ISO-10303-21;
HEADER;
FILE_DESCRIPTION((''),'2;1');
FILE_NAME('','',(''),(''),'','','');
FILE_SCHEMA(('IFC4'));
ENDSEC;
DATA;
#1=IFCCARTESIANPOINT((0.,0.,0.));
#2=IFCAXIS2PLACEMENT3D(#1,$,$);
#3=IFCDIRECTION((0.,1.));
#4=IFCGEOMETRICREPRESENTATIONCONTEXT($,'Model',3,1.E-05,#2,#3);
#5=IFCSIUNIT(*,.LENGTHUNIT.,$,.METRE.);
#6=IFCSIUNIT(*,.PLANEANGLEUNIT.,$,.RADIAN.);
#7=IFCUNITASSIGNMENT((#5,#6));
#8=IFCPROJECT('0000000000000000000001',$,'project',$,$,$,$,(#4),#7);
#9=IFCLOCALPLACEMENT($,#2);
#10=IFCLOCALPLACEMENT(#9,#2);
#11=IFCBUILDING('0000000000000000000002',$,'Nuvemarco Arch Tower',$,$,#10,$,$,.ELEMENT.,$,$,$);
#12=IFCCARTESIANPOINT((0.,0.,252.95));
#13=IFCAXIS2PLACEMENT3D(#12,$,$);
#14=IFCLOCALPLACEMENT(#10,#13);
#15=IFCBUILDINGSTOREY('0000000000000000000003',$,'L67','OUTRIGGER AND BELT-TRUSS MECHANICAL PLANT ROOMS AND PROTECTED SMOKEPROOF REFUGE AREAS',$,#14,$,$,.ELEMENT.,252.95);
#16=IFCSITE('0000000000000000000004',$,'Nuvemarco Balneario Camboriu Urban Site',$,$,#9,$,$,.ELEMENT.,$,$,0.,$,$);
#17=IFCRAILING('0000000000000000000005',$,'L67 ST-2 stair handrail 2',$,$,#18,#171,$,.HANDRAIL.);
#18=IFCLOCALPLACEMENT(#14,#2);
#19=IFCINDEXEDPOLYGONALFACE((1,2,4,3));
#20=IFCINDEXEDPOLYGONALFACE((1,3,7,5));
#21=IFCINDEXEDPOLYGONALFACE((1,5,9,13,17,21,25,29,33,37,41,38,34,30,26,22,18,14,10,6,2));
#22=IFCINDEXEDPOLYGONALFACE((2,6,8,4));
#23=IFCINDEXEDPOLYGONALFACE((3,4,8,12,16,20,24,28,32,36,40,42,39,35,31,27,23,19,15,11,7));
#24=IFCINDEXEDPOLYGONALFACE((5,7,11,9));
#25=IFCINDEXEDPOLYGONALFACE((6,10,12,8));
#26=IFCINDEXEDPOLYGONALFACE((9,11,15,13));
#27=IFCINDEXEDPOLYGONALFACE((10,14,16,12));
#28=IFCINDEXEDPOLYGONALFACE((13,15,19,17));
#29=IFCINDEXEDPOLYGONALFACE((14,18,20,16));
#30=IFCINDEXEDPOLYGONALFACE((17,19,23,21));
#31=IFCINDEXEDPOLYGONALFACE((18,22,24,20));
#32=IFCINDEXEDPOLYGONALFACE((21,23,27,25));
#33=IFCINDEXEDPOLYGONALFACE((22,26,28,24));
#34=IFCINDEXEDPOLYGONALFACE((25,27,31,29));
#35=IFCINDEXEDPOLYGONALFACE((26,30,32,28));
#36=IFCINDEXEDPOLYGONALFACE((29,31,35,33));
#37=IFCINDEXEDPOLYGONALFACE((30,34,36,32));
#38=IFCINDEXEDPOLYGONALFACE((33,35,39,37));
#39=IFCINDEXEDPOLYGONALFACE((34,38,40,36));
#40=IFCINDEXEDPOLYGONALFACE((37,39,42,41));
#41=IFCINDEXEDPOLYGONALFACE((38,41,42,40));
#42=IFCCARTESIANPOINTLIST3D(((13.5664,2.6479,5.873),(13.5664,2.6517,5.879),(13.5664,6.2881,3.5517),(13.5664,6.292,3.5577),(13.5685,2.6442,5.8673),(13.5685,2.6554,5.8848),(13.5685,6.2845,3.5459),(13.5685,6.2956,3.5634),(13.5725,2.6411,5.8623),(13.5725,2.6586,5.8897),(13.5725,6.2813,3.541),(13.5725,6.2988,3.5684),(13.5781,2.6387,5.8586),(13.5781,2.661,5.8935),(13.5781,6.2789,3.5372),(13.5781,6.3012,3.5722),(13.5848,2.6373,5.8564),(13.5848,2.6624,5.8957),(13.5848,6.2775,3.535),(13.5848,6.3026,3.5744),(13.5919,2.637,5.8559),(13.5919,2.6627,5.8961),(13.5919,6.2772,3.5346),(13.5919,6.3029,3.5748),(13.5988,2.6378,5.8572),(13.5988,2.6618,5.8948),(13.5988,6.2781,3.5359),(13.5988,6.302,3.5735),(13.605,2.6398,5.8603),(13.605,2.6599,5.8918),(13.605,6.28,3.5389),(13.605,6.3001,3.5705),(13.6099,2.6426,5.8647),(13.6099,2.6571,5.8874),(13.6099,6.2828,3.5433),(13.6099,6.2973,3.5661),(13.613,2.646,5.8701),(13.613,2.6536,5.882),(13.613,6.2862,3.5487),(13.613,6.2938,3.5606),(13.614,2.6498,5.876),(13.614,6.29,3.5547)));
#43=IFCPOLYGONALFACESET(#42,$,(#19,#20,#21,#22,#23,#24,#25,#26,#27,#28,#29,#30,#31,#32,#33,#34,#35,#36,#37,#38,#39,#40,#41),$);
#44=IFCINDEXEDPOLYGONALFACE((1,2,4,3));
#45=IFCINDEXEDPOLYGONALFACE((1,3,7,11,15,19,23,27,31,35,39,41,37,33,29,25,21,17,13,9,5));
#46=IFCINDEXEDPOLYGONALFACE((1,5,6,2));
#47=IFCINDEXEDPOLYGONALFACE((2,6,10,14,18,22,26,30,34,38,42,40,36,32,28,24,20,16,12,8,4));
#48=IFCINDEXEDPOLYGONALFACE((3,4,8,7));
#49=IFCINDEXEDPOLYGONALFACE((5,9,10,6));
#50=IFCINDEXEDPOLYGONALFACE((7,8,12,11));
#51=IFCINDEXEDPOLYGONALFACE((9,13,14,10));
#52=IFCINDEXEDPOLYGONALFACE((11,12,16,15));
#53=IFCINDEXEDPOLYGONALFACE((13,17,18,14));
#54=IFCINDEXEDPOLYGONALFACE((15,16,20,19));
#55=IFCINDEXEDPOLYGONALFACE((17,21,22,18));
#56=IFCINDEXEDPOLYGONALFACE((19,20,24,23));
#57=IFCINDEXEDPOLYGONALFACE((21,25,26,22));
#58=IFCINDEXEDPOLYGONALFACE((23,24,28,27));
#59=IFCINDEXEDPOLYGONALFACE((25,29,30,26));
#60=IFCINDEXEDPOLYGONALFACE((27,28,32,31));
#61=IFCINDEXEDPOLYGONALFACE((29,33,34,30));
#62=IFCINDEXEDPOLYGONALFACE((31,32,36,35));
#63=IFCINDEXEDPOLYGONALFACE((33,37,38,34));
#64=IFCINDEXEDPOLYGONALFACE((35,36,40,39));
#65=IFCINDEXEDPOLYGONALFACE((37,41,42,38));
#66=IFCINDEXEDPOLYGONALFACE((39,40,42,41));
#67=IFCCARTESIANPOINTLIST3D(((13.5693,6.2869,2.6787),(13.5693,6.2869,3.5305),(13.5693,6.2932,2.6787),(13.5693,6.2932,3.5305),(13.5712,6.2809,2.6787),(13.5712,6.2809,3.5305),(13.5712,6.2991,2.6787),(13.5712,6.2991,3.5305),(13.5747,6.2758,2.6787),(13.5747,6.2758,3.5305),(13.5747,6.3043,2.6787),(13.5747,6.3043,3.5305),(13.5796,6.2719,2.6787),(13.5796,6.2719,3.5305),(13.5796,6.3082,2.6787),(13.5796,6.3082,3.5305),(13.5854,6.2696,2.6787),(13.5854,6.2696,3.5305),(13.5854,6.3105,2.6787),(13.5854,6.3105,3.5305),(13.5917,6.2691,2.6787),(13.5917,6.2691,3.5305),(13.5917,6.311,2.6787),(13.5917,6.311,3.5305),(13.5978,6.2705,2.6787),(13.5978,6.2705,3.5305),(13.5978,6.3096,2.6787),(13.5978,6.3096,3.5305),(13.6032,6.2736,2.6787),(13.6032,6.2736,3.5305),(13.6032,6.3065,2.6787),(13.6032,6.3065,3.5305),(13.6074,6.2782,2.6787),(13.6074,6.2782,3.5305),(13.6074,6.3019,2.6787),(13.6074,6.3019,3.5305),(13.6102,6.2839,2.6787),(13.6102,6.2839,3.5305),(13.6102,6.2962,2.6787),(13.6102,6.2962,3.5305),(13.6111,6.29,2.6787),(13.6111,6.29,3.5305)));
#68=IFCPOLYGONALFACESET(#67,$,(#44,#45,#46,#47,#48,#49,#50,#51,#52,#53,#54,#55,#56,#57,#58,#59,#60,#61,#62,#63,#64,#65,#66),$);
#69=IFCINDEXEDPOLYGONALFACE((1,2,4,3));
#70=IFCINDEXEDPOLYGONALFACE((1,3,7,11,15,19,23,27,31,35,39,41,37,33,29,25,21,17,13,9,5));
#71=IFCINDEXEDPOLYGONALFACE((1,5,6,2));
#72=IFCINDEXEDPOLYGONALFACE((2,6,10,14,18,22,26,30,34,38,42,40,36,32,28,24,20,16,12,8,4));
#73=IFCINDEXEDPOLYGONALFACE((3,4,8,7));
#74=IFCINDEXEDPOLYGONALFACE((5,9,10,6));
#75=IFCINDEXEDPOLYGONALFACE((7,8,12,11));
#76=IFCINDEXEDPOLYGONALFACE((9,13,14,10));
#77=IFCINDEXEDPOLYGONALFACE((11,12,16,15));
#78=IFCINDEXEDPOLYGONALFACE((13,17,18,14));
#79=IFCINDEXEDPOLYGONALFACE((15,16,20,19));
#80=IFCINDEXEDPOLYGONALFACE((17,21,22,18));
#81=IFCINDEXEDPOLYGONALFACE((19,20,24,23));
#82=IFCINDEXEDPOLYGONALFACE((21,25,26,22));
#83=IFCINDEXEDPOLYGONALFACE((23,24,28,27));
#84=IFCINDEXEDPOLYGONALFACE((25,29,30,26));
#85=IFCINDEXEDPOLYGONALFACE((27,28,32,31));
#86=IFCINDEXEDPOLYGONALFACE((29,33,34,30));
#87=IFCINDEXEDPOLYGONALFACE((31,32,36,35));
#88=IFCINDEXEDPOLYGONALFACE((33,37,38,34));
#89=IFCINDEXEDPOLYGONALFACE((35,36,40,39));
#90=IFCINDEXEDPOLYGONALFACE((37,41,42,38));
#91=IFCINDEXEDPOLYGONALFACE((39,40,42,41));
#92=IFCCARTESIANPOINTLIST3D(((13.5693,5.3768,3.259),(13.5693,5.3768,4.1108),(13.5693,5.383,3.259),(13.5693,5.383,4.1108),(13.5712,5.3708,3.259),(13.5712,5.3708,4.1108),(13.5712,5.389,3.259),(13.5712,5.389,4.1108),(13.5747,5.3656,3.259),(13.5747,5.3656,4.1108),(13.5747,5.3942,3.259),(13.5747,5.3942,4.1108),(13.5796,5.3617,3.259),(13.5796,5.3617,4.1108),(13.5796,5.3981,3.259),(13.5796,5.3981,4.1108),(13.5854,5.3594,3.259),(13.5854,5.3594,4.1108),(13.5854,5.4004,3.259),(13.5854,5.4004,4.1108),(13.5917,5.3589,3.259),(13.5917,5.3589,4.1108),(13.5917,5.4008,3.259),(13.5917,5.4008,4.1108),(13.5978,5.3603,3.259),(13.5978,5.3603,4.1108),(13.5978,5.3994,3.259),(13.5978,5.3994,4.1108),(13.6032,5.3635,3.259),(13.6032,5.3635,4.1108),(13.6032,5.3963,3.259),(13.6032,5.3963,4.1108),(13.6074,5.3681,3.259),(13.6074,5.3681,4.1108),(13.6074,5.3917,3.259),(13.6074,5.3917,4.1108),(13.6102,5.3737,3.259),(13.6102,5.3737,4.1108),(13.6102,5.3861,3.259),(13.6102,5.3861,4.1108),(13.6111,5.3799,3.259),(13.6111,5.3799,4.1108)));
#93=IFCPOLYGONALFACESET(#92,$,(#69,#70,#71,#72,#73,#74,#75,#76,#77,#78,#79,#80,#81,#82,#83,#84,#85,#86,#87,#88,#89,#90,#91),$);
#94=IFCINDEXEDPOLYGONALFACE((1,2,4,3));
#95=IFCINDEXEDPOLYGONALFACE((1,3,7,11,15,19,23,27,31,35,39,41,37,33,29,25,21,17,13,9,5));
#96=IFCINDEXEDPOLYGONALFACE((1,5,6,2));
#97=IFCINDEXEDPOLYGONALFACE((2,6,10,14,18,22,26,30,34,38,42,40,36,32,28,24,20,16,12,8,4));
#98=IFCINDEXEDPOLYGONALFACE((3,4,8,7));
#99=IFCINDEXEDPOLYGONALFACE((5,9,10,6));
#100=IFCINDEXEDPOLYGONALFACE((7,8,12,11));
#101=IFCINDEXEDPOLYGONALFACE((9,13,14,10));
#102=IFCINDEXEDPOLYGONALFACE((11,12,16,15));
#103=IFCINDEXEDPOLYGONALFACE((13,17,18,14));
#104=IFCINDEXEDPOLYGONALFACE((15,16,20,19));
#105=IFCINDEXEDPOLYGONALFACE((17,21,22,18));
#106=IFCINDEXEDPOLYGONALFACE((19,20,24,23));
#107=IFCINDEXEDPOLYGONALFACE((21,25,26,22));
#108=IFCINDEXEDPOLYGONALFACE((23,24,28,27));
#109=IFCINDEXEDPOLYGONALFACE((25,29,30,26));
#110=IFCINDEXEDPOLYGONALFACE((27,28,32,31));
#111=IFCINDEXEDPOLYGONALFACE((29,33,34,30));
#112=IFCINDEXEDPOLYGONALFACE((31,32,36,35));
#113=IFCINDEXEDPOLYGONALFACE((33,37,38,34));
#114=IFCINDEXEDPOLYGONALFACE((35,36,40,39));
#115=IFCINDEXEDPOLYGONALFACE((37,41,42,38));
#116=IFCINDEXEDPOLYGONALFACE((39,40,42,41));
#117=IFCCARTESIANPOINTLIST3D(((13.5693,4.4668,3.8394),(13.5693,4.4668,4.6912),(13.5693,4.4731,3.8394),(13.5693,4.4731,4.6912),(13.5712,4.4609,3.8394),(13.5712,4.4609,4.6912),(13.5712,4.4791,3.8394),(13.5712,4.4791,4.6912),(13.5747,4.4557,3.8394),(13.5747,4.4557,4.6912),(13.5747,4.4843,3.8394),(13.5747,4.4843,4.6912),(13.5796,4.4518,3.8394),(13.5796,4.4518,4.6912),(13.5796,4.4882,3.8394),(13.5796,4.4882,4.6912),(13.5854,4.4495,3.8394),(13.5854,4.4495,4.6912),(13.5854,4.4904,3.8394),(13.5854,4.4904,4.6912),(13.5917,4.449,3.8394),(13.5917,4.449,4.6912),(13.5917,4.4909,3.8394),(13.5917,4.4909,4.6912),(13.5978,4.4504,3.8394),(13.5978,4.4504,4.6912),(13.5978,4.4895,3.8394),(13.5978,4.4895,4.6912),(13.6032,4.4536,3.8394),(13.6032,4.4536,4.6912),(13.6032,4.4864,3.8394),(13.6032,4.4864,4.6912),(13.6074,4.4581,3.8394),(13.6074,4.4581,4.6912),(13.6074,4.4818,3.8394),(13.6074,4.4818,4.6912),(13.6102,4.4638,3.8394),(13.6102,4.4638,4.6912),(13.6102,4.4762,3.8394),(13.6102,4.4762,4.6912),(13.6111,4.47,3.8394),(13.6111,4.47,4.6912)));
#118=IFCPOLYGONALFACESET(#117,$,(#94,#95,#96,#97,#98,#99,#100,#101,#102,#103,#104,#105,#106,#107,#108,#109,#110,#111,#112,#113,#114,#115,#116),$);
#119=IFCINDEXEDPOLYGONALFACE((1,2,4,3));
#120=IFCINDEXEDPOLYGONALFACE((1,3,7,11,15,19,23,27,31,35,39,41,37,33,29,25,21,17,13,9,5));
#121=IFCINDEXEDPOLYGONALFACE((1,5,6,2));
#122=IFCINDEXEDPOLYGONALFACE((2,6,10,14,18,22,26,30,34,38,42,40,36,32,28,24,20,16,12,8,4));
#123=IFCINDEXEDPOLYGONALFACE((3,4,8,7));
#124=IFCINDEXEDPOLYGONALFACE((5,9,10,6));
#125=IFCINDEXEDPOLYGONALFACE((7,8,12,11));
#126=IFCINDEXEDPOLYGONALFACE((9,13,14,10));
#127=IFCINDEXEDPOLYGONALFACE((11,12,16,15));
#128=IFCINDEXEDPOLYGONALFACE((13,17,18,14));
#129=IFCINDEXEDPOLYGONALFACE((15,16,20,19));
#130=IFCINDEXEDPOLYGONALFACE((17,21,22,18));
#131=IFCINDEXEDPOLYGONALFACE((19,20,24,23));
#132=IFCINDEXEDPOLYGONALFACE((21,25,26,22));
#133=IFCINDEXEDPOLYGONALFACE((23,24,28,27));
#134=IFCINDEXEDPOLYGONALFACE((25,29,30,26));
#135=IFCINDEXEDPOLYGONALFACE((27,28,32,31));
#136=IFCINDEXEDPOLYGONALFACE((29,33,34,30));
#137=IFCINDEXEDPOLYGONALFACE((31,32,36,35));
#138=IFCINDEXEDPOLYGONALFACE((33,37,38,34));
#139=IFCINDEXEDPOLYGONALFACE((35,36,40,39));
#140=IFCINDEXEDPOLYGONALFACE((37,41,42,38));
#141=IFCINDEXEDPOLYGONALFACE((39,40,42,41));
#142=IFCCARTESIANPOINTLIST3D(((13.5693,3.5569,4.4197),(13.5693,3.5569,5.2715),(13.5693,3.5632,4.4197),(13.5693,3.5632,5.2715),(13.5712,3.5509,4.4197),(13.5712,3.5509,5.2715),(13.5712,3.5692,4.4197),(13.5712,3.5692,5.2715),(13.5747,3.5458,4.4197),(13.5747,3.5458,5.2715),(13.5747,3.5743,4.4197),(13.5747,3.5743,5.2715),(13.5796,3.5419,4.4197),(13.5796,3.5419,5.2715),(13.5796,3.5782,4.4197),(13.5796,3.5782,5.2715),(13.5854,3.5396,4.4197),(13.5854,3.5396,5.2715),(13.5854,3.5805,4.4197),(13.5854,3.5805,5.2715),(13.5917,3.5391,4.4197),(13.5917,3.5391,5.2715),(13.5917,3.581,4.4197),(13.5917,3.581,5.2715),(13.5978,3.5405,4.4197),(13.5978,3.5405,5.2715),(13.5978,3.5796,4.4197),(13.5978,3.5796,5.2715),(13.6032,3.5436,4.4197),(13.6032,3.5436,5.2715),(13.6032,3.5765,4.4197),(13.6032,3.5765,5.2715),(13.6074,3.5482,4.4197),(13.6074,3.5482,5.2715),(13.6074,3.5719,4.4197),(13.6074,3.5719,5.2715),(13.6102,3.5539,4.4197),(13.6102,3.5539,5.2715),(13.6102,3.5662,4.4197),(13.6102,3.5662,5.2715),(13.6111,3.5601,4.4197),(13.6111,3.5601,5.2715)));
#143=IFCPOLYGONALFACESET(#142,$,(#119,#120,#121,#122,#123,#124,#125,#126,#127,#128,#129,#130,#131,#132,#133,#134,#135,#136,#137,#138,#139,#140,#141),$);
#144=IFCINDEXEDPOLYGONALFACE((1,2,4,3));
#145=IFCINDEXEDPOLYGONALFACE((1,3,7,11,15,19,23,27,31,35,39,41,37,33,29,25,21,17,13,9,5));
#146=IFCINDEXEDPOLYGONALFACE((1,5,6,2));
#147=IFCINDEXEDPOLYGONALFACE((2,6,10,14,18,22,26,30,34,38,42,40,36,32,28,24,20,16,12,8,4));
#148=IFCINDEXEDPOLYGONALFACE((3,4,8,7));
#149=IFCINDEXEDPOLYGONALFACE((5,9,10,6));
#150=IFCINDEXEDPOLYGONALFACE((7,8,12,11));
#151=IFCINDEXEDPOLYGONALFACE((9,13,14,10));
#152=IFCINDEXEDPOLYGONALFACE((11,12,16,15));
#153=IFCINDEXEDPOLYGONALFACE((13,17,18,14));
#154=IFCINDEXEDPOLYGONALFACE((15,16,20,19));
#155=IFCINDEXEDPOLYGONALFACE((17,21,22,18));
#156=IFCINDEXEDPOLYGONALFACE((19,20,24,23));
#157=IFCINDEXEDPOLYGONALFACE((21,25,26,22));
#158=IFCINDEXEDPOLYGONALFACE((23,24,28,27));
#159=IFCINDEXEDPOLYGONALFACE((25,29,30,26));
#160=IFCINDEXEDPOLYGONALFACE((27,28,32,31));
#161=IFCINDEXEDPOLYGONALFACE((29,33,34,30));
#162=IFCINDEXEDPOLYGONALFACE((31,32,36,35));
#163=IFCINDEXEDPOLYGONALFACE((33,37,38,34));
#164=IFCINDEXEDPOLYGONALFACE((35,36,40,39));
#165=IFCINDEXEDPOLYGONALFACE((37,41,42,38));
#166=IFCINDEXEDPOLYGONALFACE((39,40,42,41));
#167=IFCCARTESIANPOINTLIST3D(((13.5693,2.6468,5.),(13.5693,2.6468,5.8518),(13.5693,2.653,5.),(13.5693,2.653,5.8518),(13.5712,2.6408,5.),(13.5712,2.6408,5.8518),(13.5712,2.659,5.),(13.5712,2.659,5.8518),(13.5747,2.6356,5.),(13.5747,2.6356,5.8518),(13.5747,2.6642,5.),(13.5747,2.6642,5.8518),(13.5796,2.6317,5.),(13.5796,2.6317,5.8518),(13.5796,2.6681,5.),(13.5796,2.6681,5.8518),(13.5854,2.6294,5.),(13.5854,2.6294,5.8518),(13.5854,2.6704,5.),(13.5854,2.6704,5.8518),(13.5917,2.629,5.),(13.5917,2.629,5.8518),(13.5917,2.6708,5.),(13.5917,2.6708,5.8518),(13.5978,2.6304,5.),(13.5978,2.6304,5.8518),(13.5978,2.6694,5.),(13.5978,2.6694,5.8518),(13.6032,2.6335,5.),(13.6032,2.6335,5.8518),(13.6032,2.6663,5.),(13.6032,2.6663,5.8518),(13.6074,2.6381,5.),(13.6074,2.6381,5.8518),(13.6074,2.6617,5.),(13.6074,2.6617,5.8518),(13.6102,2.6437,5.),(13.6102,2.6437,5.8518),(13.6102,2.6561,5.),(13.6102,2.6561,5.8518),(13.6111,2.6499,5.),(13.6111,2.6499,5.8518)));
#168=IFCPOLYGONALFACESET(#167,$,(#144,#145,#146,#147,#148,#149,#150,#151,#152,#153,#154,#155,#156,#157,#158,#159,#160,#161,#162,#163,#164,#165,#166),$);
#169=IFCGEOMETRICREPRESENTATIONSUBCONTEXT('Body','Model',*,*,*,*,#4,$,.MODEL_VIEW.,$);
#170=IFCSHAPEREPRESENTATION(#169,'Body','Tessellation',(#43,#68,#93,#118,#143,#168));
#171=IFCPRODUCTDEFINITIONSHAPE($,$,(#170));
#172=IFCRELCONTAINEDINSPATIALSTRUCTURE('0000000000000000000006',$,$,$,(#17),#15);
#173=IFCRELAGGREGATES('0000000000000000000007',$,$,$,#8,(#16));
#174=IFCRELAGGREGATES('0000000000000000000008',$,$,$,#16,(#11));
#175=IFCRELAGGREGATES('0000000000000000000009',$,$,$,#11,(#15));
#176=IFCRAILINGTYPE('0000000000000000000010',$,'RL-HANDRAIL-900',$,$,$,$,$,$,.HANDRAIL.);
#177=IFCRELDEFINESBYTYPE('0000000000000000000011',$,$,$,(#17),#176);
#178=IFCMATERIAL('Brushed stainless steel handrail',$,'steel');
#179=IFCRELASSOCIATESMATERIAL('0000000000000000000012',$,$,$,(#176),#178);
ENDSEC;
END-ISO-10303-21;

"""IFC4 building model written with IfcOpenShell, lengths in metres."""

from ifc_helpers import new_model, si_unit, direction, frame, origin, origin_2d, place, context, subcontext, project, spatial, circle, extrude, material, type_object, element, save


model = new_model("IFC4")

# Units and contexts
model_context = context("Model", 3, precision=1e-05, world=origin(), true_north=direction((0.0, 1.0)))
body_context = subcontext(model_context, "Body", "Model", "MODEL_VIEW")
ifc_project = project(units=[si_unit("LENGTHUNIT", "METRE"), si_unit("PLANEANGLEUNIT", "RADIAN")], contexts=[model_context])

# Site, building, storey
site_placement = place(None, origin())
site = spatial("IfcSite", under=ifc_project, at=site_placement, Name="Nuvemarco Balneario Camboriu Urban Site", CompositionType="ELEMENT", RefElevation=0.0)
building_placement = place(site_placement, origin())
building = spatial("IfcBuilding", under=site, at=building_placement, Name="Nuvemarco Arch Tower", CompositionType="ELEMENT")
storey_placement = place(building_placement, frame((0.0, 0.0, 252.95)))
storey = spatial("IfcBuildingStorey", under=building, at=storey_placement, Name="L67", Description="OUTRIGGER AND BELT-TRUSS MECHANICAL PLANT ROOMS AND PROTECTED SMOKEPROOF REFUGE AREAS", CompositionType="ELEMENT", Elevation=252.95)

# Railing
ifc_material_1 = material(Name="Brushed stainless steel handrail", Category="steel")
railing_type_1 = type_object("IfcRailingType", Name="RL-HANDRAIL-900", PredefinedType="HANDRAIL", material=ifc_material_1)
railing_1_placement = place(storey_placement, frame((13.5901, 6.29, 2.6787)))
element("IfcRailing", 1, at=railing_1_placement, inside=storey, type_object=railing_type_1, Name="L67 ST-2 stair handrail 2", PredefinedType="HANDRAIL", context=body_context, shape_type="SweptSolid", body=[
    extrude(circle(Radius=0.0239, at=origin_2d()), frame((0.0, 0.0, 0.876), z_axis=(0.0, -0.843153, 0.537673), x_axis=(1.0, 0.0, 0.0)), (0.0, 0.0, 1.0), 4.3174),
    extrude(circle(Radius=0.021, at=origin_2d()), origin(), (0.0, 0.0, 1.0), 0.8518),
    extrude(circle(Radius=0.021, at=origin_2d()), frame((0.0, -0.9102, 0.5803)), (0.0, 0.0, 1.0), 0.8518),
    extrude(circle(Radius=0.021, at=origin_2d()), frame((0.0, -1.8201, 1.1606)), (0.0, 0.0, 1.0), 0.8518),
    extrude(circle(Radius=0.021, at=origin_2d()), frame((0.0, -2.73, 1.741)), (0.0, 0.0, 1.0), 0.8518),
    extrude(circle(Radius=0.021, at=origin_2d()), frame((0.0, -3.6401, 2.3213)), (0.0, 0.0, 1.0), 0.8518),
])

save(model, "model.ifc")
